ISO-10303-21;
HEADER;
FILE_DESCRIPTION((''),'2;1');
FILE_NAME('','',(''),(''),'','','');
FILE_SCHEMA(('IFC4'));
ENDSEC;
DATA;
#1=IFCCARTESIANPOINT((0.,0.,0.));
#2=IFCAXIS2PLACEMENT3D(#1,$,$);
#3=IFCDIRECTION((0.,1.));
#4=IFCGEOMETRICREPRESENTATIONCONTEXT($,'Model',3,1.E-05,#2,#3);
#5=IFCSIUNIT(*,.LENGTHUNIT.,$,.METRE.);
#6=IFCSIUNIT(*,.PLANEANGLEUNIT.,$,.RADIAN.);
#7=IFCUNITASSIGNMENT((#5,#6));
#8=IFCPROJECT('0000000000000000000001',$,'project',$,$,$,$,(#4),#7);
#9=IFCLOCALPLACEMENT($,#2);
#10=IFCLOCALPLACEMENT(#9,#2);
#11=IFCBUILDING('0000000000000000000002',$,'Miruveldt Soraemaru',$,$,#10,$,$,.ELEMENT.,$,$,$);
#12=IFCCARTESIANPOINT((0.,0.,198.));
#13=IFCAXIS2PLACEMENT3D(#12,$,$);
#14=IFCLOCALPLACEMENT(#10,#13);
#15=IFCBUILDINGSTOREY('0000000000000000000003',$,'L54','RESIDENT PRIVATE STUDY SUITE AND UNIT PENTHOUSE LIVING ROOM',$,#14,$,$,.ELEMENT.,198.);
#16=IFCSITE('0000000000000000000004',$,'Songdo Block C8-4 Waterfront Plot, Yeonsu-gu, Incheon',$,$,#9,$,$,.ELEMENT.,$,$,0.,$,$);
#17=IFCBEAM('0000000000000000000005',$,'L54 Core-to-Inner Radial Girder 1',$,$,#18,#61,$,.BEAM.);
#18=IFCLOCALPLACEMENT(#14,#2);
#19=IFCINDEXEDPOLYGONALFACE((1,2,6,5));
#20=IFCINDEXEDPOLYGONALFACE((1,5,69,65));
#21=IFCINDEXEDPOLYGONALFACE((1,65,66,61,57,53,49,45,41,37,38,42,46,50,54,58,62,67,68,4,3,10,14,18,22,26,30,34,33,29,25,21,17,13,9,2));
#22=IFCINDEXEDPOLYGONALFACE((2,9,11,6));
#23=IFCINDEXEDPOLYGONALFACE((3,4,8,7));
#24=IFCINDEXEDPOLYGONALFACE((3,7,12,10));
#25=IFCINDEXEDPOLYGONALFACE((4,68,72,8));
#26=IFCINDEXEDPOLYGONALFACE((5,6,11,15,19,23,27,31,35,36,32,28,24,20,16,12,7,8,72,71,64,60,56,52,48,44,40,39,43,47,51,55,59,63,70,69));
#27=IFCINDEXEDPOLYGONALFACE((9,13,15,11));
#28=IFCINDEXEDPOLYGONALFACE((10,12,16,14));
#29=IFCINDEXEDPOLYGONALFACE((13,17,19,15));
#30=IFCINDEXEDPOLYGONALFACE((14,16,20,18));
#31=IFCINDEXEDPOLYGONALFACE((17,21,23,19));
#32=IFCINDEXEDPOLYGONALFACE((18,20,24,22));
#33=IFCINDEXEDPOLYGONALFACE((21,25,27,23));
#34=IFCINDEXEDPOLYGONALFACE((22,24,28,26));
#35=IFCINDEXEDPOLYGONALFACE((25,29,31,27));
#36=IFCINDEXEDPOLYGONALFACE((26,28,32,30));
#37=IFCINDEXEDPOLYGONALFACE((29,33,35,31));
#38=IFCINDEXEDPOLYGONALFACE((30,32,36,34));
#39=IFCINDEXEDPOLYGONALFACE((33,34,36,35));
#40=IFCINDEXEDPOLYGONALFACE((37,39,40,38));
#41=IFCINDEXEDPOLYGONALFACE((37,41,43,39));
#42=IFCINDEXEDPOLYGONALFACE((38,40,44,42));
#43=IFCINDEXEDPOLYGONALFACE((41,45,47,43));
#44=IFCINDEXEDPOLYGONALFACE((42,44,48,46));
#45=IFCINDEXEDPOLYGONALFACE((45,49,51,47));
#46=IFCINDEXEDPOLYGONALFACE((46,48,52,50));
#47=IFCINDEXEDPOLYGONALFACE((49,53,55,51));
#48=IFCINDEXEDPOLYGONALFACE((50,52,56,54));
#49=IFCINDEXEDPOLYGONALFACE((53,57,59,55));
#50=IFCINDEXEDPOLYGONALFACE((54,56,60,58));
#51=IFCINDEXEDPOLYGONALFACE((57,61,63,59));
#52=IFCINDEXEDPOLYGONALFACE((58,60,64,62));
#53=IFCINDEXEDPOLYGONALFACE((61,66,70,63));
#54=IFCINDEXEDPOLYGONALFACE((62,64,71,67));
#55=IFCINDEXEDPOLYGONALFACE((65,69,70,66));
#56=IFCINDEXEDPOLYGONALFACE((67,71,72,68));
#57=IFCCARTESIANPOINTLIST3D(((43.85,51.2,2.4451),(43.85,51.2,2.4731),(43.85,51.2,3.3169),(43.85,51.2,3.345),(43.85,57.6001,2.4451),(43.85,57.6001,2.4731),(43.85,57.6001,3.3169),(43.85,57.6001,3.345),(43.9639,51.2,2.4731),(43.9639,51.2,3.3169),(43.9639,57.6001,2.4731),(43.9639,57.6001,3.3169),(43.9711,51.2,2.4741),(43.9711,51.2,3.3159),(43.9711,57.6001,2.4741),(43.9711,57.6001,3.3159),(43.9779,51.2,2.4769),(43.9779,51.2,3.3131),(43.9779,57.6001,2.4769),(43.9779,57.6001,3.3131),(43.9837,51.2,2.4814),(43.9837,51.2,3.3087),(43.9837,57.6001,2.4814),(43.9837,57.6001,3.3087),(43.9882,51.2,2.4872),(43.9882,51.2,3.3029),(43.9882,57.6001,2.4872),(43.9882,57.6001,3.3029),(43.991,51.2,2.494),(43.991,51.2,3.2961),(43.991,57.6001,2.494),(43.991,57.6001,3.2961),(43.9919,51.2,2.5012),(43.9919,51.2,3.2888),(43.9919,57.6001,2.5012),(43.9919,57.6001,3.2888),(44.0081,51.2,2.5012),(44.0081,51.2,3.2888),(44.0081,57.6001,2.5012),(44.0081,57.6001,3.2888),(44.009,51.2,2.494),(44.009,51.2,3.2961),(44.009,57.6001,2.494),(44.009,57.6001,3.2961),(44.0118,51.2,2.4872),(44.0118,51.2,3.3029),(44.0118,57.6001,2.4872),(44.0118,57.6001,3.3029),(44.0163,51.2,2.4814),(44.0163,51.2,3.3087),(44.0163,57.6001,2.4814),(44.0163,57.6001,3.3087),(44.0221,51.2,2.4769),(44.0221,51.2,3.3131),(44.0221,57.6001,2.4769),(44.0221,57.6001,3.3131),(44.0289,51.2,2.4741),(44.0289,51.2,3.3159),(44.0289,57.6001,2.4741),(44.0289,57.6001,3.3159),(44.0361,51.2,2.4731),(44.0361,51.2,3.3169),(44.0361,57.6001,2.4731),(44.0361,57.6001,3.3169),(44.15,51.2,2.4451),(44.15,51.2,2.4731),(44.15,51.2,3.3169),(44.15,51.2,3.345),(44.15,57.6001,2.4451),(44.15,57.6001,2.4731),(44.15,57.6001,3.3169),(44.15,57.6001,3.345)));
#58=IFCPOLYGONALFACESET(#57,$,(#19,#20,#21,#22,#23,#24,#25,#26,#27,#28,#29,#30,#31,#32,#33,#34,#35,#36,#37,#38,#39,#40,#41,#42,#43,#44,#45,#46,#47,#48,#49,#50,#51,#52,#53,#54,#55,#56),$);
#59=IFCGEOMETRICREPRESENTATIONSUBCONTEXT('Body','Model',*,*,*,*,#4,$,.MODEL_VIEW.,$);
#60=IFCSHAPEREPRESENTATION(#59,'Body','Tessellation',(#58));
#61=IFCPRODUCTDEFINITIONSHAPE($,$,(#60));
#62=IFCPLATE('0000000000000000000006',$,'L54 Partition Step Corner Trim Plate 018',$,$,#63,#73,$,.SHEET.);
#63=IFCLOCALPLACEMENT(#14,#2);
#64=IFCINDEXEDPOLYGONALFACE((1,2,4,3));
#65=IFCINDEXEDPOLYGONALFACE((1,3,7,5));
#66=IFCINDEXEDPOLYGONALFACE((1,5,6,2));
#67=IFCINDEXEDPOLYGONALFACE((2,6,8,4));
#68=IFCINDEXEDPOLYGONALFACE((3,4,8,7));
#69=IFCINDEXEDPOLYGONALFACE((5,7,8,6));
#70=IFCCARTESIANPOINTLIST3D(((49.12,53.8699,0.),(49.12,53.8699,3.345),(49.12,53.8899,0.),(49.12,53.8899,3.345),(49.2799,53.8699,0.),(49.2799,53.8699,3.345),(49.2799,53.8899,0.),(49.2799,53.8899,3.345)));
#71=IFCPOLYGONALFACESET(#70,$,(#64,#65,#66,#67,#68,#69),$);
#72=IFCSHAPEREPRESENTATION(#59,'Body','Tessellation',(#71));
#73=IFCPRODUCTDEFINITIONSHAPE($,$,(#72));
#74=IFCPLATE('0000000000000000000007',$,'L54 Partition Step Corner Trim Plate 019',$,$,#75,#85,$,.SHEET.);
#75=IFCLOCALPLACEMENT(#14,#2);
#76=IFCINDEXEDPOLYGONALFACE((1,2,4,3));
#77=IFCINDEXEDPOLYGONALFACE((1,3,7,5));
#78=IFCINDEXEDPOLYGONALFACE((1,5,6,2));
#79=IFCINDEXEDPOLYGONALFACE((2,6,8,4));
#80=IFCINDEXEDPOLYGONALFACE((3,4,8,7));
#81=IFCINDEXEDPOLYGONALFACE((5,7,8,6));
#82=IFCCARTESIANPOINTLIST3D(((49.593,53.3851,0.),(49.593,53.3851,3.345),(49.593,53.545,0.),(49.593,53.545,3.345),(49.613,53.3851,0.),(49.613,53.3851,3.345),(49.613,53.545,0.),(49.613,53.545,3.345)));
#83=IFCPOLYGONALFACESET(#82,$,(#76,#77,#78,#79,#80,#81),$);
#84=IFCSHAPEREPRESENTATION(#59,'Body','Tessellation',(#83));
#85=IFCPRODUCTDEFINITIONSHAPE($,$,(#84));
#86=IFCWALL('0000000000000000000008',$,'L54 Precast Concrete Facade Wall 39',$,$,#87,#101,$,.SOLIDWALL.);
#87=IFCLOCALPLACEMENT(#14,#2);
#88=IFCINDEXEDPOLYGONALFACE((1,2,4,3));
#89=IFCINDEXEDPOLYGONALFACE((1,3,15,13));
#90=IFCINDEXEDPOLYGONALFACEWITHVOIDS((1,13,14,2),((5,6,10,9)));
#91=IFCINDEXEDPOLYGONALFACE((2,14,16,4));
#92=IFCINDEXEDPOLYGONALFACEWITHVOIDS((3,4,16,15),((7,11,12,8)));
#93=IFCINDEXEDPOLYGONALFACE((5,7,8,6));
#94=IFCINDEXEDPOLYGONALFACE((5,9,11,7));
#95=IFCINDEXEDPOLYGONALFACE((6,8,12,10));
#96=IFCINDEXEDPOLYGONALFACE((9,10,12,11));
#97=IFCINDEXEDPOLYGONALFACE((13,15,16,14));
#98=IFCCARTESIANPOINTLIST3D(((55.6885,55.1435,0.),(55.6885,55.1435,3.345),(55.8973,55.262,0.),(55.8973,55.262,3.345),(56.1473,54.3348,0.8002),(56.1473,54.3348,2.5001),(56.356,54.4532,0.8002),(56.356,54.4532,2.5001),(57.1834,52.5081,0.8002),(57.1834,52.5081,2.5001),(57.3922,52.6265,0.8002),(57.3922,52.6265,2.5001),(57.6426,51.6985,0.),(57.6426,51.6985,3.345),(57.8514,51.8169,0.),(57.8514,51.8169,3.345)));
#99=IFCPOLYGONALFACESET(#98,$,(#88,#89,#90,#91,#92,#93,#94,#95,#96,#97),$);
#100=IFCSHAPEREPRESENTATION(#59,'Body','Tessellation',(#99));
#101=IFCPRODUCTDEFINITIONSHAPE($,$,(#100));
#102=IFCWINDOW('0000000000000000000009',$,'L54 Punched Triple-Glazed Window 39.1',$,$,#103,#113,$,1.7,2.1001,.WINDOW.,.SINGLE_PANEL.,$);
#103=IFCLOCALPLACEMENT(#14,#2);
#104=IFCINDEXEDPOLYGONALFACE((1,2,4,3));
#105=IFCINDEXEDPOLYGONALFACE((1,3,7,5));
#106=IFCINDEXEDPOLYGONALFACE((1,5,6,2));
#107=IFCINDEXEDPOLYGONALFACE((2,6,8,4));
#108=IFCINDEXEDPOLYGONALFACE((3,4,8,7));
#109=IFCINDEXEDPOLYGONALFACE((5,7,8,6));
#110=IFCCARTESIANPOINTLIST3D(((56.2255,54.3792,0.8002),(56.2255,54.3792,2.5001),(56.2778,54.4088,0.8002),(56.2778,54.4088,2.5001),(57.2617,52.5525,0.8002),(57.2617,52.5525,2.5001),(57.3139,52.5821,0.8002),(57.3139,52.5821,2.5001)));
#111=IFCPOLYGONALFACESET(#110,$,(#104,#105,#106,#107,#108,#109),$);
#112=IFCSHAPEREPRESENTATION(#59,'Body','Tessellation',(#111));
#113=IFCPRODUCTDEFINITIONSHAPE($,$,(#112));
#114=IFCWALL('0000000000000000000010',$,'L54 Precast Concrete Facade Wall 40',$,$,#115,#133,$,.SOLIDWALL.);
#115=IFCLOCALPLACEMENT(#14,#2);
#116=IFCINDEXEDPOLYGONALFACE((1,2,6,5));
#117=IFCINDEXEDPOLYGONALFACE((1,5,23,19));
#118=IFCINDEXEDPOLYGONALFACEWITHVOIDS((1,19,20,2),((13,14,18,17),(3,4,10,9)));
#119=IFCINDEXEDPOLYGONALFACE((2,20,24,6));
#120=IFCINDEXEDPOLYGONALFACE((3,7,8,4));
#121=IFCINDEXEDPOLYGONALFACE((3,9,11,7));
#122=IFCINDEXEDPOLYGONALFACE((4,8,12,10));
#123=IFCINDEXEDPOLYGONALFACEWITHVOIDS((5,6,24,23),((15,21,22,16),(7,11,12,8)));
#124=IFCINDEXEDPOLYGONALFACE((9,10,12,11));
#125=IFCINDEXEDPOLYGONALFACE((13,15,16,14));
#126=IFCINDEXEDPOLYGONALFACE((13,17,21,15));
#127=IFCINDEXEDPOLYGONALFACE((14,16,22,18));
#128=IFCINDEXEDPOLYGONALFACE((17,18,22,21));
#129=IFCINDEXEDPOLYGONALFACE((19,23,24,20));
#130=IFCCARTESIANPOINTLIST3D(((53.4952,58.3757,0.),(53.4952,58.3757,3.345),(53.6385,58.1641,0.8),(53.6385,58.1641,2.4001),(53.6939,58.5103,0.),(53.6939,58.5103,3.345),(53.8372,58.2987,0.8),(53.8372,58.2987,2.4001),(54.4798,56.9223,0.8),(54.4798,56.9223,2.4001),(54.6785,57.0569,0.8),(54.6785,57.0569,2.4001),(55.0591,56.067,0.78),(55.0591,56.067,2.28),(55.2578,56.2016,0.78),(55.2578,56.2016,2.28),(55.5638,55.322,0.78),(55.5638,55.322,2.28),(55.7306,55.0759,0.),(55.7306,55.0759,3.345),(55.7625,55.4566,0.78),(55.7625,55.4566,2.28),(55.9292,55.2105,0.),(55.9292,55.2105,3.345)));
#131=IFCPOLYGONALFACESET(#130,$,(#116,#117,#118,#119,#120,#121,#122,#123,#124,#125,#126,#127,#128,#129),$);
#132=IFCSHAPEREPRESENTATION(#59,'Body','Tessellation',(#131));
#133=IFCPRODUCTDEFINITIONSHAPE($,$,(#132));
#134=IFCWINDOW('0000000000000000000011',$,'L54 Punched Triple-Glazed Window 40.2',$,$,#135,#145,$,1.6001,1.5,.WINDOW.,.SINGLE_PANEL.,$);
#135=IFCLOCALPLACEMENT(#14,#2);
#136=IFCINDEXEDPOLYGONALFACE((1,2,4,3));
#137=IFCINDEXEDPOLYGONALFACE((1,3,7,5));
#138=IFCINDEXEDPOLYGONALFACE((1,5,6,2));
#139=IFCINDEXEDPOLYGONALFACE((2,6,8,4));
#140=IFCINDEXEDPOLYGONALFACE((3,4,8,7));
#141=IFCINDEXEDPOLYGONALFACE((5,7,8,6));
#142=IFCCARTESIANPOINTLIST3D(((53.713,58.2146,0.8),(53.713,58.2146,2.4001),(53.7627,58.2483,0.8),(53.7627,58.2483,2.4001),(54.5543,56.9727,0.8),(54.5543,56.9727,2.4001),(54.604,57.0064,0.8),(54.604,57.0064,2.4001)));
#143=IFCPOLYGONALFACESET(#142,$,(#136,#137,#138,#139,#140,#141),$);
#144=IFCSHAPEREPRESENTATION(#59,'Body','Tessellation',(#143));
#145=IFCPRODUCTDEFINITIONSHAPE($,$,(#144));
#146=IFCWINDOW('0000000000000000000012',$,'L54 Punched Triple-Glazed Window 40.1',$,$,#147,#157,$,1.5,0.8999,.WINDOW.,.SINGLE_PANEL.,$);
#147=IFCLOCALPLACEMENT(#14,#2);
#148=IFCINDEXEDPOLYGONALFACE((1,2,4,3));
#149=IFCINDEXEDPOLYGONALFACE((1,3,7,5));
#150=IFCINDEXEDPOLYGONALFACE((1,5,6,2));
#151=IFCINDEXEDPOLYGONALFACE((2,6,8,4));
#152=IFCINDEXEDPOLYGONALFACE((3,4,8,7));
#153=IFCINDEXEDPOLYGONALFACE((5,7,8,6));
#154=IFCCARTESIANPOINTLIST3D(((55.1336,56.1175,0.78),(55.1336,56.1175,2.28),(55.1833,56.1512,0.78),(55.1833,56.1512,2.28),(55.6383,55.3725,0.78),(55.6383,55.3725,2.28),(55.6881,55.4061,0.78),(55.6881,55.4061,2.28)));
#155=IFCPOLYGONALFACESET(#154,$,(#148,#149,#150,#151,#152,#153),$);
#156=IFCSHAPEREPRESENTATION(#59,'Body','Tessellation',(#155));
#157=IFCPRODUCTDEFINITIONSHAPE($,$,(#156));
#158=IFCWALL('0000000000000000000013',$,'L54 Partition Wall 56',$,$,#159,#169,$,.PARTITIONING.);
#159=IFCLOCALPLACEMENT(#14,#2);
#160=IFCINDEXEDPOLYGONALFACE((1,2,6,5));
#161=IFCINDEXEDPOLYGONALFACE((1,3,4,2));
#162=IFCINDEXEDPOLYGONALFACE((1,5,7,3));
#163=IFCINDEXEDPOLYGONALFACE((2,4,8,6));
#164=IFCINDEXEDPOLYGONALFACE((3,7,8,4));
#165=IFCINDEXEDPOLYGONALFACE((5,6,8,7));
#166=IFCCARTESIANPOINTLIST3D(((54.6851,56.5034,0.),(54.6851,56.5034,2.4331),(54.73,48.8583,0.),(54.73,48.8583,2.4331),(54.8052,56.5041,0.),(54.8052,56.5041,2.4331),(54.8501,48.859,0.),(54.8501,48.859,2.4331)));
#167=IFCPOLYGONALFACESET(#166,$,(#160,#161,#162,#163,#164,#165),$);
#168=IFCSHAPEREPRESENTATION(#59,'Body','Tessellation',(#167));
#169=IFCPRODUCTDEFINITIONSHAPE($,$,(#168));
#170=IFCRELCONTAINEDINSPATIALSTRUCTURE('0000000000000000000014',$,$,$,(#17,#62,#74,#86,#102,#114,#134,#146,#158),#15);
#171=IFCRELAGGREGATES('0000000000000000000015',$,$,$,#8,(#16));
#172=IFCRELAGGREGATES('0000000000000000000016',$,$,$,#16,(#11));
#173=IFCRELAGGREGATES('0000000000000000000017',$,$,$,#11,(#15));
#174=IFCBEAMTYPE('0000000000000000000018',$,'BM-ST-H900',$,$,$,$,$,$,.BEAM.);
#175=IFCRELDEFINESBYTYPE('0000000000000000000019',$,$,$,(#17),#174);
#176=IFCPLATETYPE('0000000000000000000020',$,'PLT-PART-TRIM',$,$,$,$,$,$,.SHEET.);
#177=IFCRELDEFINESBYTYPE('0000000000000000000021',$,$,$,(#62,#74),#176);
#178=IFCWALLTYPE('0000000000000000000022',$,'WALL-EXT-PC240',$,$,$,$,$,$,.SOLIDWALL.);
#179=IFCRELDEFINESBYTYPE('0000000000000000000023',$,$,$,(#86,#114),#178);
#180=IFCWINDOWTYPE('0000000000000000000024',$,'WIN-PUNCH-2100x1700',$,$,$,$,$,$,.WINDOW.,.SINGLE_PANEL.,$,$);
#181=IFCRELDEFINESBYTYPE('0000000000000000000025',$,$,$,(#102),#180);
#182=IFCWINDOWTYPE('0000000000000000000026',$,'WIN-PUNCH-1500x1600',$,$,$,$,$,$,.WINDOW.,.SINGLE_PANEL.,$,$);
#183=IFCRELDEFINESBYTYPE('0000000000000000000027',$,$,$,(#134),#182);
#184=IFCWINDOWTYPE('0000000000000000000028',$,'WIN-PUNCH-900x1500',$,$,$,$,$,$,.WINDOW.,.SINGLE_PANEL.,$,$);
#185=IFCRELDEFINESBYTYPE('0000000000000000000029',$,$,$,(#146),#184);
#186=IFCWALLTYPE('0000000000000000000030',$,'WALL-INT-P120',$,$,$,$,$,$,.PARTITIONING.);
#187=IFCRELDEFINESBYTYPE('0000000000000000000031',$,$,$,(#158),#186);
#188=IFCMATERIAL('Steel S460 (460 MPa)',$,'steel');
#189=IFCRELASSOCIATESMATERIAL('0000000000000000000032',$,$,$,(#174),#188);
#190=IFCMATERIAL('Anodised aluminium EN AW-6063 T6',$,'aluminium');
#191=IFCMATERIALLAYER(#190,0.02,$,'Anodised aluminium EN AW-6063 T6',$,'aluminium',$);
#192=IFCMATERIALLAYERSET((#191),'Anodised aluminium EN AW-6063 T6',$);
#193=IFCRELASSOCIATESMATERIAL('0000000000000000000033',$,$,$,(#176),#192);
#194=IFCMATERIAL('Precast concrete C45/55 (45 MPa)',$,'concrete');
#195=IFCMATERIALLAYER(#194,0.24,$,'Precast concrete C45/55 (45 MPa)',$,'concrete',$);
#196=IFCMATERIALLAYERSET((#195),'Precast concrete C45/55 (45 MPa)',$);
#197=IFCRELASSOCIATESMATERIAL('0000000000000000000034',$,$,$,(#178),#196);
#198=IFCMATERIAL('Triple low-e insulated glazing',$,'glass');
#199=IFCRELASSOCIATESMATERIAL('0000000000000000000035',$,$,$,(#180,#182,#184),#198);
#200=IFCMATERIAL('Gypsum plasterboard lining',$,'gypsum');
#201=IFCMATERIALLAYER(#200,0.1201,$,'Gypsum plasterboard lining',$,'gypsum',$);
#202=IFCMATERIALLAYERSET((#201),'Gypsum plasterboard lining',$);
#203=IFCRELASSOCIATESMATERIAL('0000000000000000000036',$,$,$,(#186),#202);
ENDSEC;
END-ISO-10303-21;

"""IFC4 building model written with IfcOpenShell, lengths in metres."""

from ifc_helpers import new_model, si_unit, direction, frame, frame_2d, origin, origin_2d, place, context, subcontext, project, spatial, rectangle, i_section, extrude, material, layer, layer_set, material_profile, profile_set, type_object, element, fill, save


model = new_model("IFC4")

# Units and contexts
model_context = context("Model", 3, precision=1e-05, world=origin(), true_north=direction((0.0, 1.0)))
body_context = subcontext(model_context, "Body", "Model", "MODEL_VIEW")
ifc_project = project(units=[si_unit("LENGTHUNIT", "METRE"), si_unit("PLANEANGLEUNIT", "RADIAN")], contexts=[model_context])

# Site, building, storey
site_placement = place(None, origin())
site = spatial("IfcSite", under=ifc_project, at=site_placement, Name="Songdo Block C8-4 Waterfront Plot, Yeonsu-gu, Incheon", CompositionType="ELEMENT", RefElevation=0.0)
building_placement = place(site_placement, origin())
building = spatial("IfcBuilding", under=site, at=building_placement, Name="Miruveldt Soraemaru", CompositionType="ELEMENT")
storey_placement = place(building_placement, frame((0.0, 0.0, 198.0)))
storey = spatial("IfcBuildingStorey", under=building, at=storey_placement, Name="L54", Description="RESIDENT PRIVATE STUDY SUITE AND UNIT PENTHOUSE LIVING ROOM", CompositionType="ELEMENT", Elevation=198.0)

# Beam
ifc_material_1 = material(Name="Steel S460 (460 MPa)", Category="steel")
ifc_material_profile = material_profile(ifc_material_1, i_section(OverallWidth=0.3, OverallDepth=0.8999, WebThickness=0.0161, FlangeThickness=0.0281, FilletRadius=0.0281, at=origin_2d()), Name="Steel S460 (460 MPa)", Category="steel")
ifc_profile_set = profile_set([ifc_material_profile], Name="Steel S460 (460 MPa)")
beam_type = type_object("IfcBeamType", Name="BM-ST-H900", PredefinedType="BEAM", material=ifc_profile_set)
beam_placement = place(storey_placement, frame((44.0, 51.2, 2.895), z_axis=(0.0, 1.0, 0.0), x_axis=(-1.0, 0.0, 0.0)))
element("IfcBeam", 1, at=beam_placement, inside=storey, type_object=beam_type, Name="L54 Core-to-Inner Radial Girder 1", PredefinedType="BEAM", context=body_context, shape_type="SweptSolid", body=[
    extrude(i_section(OverallWidth=0.3, OverallDepth=0.8999, WebThickness=0.0161, FlangeThickness=0.0281, FilletRadius=0.0281, at=origin_2d()), origin(), (0.0, 0.0, 1.0), 6.4001),
])

# Plates
ifc_material_2 = material(Name="Anodised aluminium EN AW-6063 T6", Category="aluminium")
ifc_layer_1 = layer(ifc_material_2, 0.02, Name="Anodised aluminium EN AW-6063 T6", Category="aluminium")
ifc_layer_set_1 = layer_set([ifc_layer_1], Name="Anodised aluminium EN AW-6063 T6")
plate_type = type_object("IfcPlateType", Name="PLT-PART-TRIM", PredefinedType="SHEET", material=ifc_layer_set_1)
for number, where, z_axis, x_axis, name in (
    (2, (49.2, 53.8799, 0.0), (0.0, 0.0, 1.0), (1.0, 0.0, 0.0), "L54 Partition Step Corner Trim Plate 018"),
    (3, (49.603, 53.4651, 0.0), (0.0, 0.0, 1.0), (0.0, 1.0, 0.0), "L54 Partition Step Corner Trim Plate 019"),
):
    element("IfcPlate", number, at=place(storey_placement, frame(where, z_axis=z_axis, x_axis=x_axis)), inside=storey, type_object=plate_type, Name=name, PredefinedType="SHEET", context=body_context, shape_type="SweptSolid", body=[
        extrude(rectangle(XDim=0.1599, YDim=0.02, at=origin_2d()), origin(), (0.0, 0.0, 1.0), 3.345),
    ])

# Wall, opening, window
ifc_material_3 = material(Name="Precast concrete C45/55 (45 MPa)", Category="concrete")
ifc_layer_2 = layer(ifc_material_3, 0.24, Name="Precast concrete C45/55 (45 MPa)", Category="concrete")
ifc_layer_set_2 = layer_set([ifc_layer_2], Name="Precast concrete C45/55 (45 MPa)")
wall_type_1 = type_object("IfcWallType", Name="WALL-EXT-PC240", PredefinedType="SOLIDWALL", material=ifc_layer_set_2)
wall_1_placement = place(storey_placement, frame((57.7471, 51.7576, 0.0), z_axis=(0.0, 0.0, 1.0), x_axis=(-0.493375, 0.869817, 0.0)))
wall_1 = element("IfcWall", 4, at=wall_1_placement, inside=storey, type_object=wall_type_1, Name="L54 Precast Concrete Facade Wall 39", PredefinedType="SOLIDWALL", context=body_context, shape_type="SweptSolid", body=[
    extrude(rectangle(XDim=3.9607, YDim=0.24, at=frame_2d((1.9805, 0.0))), origin(), (0.0, 0.0, 1.0), 3.345),
])
opening_1_placement = place(wall_1_placement, frame((0.9309, 0.0, 0.8)))
opening_1 = element("IfcOpeningElement", 5, at=opening_1_placement, cuts=wall_1, PredefinedType="OPENING", context=body_context, shape_type="SweptSolid", body=[
    extrude(rectangle(XDim=2.1001, YDim=1.7, at=frame_2d((1.05, 0.8501))), frame((0.0, 0.1299, 0.0), z_axis=(0.0, -1.0, 0.0), x_axis=(1.0, 0.0, 0.0)), (0.0, 0.0, 1.0), 0.26),
])
ifc_material_4 = material(Name="Triple low-e insulated glazing", Category="glass")
window_type_1 = type_object("IfcWindowType", Name="WIN-PUNCH-2100x1700", PartitioningType="SINGLE_PANEL", PredefinedType="WINDOW", material=ifc_material_4)
window_1_placement = place(opening_1_placement, origin())
window_1 = element("IfcWindow", 6, at=window_1_placement, inside=storey, type_object=window_type_1, Name="L54 Punched Triple-Glazed Window 39.1", OverallHeight=1.7, OverallWidth=2.1001, PartitioningType="SINGLE_PANEL", PredefinedType="WINDOW", context=body_context, shape_type="SweptSolid", body=[
    extrude(rectangle(XDim=2.1001, YDim=1.7, at=frame_2d((1.05, 0.8501))), frame((0.0, 0.03, 0.0), z_axis=(0.0, -1.0, 0.0), x_axis=(1.0, 0.0, 0.0)), (0.0, 0.0, 1.0), 0.0601),
])
fill(opening_1, window_1)

# Wall, openings, windows
wall_2_placement = place(storey_placement, frame((55.8298, 55.1433, 0.0), z_axis=(0.0, 0.0, 1.0), x_axis=(-0.560848, 0.827919, 0.0)))
wall_2 = element("IfcWall", 7, at=wall_2_placement, inside=storey, type_object=wall_type_1, Name="L54 Precast Concrete Facade Wall 40", PredefinedType="SOLIDWALL", context=body_context, shape_type="SweptSolid", body=[
    extrude(rectangle(XDim=3.9856, YDim=0.24, at=frame_2d((1.9927, 0.0))), origin(), (0.0, 0.0, 1.0), 3.345),
])
opening_2_placement = place(wall_2_placement, frame((0.2971, 0.0, 0.78)))
opening_2 = element("IfcOpeningElement", 8, at=opening_2_placement, cuts=wall_2, PredefinedType="OPENING", context=body_context, shape_type="SweptSolid", body=[
    extrude(rectangle(XDim=0.8999, YDim=1.5, at=frame_2d((0.45, 0.75))), frame((0.0, 0.1299, 0.0), z_axis=(0.0, -1.0, 0.0), x_axis=(1.0, 0.0, 0.0)), (0.0, 0.0, 1.0), 0.26),
])
opening_3_placement = place(wall_2_placement, frame((2.23, 0.0, 0.8)))
opening_3 = element("IfcOpeningElement", 9, at=opening_3_placement, cuts=wall_2, PredefinedType="OPENING", context=body_context, shape_type="SweptSolid", body=[
    extrude(rectangle(XDim=1.5, YDim=1.6001, at=frame_2d((0.75, 0.8))), frame((0.0, 0.1299, 0.0), z_axis=(0.0, -1.0, 0.0), x_axis=(1.0, 0.0, 0.0)), (0.0, 0.0, 1.0), 0.26),
])
window_type_2 = type_object("IfcWindowType", Name="WIN-PUNCH-1500x1600", PartitioningType="SINGLE_PANEL", PredefinedType="WINDOW", material=ifc_material_4)
window_2_placement = place(opening_3_placement, origin())
window_2 = element("IfcWindow", 10, at=window_2_placement, inside=storey, type_object=window_type_2, Name="L54 Punched Triple-Glazed Window 40.2", OverallHeight=1.6001, OverallWidth=1.5, PartitioningType="SINGLE_PANEL", PredefinedType="WINDOW", context=body_context, shape_type="SweptSolid", body=[
    extrude(rectangle(XDim=1.5, YDim=1.6001, at=frame_2d((0.75, 0.8))), frame((0.0, 0.03, 0.0), z_axis=(0.0, -1.0, 0.0), x_axis=(1.0, 0.0, 0.0)), (0.0, 0.0, 1.0), 0.0601),
])
fill(opening_3, window_2)
window_type_3 = type_object("IfcWindowType", Name="WIN-PUNCH-900x1500", PartitioningType="SINGLE_PANEL", PredefinedType="WINDOW", material=ifc_material_4)
window_3_placement = place(opening_2_placement, origin())
window_3 = element("IfcWindow", 11, at=window_3_placement, inside=storey, type_object=window_type_3, Name="L54 Punched Triple-Glazed Window 40.1", OverallHeight=1.5, OverallWidth=0.8999, PartitioningType="SINGLE_PANEL", PredefinedType="WINDOW", context=body_context, shape_type="SweptSolid", body=[
    extrude(rectangle(XDim=0.8999, YDim=1.5, at=frame_2d((0.45, 0.75))), frame((0.0, 0.03, 0.0), z_axis=(0.0, -1.0, 0.0), x_axis=(1.0, 0.0, 0.0)), (0.0, 0.0, 1.0), 0.0601),
])
fill(opening_2, window_3)

# Wall
ifc_material_5 = material(Name="Gypsum plasterboard lining", Category="gypsum")
ifc_layer_3 = layer(ifc_material_5, 0.1201, Name="Gypsum plasterboard lining", Category="gypsum")
ifc_layer_set_3 = layer_set([ifc_layer_3], Name="Gypsum plasterboard lining")
wall_type_2 = type_object("IfcWallType", Name="WALL-INT-P120", PredefinedType="PARTITIONING", material=ifc_layer_set_3)
wall_3_placement = place(storey_placement, frame((54.7451, 56.5039, 0.0), z_axis=(0.0, 0.0, 1.0), x_axis=(0.005876, -0.999983, 0.0)))
element("IfcWall", 12, at=wall_3_placement, inside=storey, type_object=wall_type_2, Name="L54 Partition Wall 56", PredefinedType="PARTITIONING", context=body_context, shape_type="SweptSolid", body=[
    extrude(rectangle(XDim=7.6453, YDim=0.1201, at=frame_2d((3.8228, 0.0))), origin(), (0.0, 0.0, 1.0), 2.4331),
])

save(model, "model.ifc")
